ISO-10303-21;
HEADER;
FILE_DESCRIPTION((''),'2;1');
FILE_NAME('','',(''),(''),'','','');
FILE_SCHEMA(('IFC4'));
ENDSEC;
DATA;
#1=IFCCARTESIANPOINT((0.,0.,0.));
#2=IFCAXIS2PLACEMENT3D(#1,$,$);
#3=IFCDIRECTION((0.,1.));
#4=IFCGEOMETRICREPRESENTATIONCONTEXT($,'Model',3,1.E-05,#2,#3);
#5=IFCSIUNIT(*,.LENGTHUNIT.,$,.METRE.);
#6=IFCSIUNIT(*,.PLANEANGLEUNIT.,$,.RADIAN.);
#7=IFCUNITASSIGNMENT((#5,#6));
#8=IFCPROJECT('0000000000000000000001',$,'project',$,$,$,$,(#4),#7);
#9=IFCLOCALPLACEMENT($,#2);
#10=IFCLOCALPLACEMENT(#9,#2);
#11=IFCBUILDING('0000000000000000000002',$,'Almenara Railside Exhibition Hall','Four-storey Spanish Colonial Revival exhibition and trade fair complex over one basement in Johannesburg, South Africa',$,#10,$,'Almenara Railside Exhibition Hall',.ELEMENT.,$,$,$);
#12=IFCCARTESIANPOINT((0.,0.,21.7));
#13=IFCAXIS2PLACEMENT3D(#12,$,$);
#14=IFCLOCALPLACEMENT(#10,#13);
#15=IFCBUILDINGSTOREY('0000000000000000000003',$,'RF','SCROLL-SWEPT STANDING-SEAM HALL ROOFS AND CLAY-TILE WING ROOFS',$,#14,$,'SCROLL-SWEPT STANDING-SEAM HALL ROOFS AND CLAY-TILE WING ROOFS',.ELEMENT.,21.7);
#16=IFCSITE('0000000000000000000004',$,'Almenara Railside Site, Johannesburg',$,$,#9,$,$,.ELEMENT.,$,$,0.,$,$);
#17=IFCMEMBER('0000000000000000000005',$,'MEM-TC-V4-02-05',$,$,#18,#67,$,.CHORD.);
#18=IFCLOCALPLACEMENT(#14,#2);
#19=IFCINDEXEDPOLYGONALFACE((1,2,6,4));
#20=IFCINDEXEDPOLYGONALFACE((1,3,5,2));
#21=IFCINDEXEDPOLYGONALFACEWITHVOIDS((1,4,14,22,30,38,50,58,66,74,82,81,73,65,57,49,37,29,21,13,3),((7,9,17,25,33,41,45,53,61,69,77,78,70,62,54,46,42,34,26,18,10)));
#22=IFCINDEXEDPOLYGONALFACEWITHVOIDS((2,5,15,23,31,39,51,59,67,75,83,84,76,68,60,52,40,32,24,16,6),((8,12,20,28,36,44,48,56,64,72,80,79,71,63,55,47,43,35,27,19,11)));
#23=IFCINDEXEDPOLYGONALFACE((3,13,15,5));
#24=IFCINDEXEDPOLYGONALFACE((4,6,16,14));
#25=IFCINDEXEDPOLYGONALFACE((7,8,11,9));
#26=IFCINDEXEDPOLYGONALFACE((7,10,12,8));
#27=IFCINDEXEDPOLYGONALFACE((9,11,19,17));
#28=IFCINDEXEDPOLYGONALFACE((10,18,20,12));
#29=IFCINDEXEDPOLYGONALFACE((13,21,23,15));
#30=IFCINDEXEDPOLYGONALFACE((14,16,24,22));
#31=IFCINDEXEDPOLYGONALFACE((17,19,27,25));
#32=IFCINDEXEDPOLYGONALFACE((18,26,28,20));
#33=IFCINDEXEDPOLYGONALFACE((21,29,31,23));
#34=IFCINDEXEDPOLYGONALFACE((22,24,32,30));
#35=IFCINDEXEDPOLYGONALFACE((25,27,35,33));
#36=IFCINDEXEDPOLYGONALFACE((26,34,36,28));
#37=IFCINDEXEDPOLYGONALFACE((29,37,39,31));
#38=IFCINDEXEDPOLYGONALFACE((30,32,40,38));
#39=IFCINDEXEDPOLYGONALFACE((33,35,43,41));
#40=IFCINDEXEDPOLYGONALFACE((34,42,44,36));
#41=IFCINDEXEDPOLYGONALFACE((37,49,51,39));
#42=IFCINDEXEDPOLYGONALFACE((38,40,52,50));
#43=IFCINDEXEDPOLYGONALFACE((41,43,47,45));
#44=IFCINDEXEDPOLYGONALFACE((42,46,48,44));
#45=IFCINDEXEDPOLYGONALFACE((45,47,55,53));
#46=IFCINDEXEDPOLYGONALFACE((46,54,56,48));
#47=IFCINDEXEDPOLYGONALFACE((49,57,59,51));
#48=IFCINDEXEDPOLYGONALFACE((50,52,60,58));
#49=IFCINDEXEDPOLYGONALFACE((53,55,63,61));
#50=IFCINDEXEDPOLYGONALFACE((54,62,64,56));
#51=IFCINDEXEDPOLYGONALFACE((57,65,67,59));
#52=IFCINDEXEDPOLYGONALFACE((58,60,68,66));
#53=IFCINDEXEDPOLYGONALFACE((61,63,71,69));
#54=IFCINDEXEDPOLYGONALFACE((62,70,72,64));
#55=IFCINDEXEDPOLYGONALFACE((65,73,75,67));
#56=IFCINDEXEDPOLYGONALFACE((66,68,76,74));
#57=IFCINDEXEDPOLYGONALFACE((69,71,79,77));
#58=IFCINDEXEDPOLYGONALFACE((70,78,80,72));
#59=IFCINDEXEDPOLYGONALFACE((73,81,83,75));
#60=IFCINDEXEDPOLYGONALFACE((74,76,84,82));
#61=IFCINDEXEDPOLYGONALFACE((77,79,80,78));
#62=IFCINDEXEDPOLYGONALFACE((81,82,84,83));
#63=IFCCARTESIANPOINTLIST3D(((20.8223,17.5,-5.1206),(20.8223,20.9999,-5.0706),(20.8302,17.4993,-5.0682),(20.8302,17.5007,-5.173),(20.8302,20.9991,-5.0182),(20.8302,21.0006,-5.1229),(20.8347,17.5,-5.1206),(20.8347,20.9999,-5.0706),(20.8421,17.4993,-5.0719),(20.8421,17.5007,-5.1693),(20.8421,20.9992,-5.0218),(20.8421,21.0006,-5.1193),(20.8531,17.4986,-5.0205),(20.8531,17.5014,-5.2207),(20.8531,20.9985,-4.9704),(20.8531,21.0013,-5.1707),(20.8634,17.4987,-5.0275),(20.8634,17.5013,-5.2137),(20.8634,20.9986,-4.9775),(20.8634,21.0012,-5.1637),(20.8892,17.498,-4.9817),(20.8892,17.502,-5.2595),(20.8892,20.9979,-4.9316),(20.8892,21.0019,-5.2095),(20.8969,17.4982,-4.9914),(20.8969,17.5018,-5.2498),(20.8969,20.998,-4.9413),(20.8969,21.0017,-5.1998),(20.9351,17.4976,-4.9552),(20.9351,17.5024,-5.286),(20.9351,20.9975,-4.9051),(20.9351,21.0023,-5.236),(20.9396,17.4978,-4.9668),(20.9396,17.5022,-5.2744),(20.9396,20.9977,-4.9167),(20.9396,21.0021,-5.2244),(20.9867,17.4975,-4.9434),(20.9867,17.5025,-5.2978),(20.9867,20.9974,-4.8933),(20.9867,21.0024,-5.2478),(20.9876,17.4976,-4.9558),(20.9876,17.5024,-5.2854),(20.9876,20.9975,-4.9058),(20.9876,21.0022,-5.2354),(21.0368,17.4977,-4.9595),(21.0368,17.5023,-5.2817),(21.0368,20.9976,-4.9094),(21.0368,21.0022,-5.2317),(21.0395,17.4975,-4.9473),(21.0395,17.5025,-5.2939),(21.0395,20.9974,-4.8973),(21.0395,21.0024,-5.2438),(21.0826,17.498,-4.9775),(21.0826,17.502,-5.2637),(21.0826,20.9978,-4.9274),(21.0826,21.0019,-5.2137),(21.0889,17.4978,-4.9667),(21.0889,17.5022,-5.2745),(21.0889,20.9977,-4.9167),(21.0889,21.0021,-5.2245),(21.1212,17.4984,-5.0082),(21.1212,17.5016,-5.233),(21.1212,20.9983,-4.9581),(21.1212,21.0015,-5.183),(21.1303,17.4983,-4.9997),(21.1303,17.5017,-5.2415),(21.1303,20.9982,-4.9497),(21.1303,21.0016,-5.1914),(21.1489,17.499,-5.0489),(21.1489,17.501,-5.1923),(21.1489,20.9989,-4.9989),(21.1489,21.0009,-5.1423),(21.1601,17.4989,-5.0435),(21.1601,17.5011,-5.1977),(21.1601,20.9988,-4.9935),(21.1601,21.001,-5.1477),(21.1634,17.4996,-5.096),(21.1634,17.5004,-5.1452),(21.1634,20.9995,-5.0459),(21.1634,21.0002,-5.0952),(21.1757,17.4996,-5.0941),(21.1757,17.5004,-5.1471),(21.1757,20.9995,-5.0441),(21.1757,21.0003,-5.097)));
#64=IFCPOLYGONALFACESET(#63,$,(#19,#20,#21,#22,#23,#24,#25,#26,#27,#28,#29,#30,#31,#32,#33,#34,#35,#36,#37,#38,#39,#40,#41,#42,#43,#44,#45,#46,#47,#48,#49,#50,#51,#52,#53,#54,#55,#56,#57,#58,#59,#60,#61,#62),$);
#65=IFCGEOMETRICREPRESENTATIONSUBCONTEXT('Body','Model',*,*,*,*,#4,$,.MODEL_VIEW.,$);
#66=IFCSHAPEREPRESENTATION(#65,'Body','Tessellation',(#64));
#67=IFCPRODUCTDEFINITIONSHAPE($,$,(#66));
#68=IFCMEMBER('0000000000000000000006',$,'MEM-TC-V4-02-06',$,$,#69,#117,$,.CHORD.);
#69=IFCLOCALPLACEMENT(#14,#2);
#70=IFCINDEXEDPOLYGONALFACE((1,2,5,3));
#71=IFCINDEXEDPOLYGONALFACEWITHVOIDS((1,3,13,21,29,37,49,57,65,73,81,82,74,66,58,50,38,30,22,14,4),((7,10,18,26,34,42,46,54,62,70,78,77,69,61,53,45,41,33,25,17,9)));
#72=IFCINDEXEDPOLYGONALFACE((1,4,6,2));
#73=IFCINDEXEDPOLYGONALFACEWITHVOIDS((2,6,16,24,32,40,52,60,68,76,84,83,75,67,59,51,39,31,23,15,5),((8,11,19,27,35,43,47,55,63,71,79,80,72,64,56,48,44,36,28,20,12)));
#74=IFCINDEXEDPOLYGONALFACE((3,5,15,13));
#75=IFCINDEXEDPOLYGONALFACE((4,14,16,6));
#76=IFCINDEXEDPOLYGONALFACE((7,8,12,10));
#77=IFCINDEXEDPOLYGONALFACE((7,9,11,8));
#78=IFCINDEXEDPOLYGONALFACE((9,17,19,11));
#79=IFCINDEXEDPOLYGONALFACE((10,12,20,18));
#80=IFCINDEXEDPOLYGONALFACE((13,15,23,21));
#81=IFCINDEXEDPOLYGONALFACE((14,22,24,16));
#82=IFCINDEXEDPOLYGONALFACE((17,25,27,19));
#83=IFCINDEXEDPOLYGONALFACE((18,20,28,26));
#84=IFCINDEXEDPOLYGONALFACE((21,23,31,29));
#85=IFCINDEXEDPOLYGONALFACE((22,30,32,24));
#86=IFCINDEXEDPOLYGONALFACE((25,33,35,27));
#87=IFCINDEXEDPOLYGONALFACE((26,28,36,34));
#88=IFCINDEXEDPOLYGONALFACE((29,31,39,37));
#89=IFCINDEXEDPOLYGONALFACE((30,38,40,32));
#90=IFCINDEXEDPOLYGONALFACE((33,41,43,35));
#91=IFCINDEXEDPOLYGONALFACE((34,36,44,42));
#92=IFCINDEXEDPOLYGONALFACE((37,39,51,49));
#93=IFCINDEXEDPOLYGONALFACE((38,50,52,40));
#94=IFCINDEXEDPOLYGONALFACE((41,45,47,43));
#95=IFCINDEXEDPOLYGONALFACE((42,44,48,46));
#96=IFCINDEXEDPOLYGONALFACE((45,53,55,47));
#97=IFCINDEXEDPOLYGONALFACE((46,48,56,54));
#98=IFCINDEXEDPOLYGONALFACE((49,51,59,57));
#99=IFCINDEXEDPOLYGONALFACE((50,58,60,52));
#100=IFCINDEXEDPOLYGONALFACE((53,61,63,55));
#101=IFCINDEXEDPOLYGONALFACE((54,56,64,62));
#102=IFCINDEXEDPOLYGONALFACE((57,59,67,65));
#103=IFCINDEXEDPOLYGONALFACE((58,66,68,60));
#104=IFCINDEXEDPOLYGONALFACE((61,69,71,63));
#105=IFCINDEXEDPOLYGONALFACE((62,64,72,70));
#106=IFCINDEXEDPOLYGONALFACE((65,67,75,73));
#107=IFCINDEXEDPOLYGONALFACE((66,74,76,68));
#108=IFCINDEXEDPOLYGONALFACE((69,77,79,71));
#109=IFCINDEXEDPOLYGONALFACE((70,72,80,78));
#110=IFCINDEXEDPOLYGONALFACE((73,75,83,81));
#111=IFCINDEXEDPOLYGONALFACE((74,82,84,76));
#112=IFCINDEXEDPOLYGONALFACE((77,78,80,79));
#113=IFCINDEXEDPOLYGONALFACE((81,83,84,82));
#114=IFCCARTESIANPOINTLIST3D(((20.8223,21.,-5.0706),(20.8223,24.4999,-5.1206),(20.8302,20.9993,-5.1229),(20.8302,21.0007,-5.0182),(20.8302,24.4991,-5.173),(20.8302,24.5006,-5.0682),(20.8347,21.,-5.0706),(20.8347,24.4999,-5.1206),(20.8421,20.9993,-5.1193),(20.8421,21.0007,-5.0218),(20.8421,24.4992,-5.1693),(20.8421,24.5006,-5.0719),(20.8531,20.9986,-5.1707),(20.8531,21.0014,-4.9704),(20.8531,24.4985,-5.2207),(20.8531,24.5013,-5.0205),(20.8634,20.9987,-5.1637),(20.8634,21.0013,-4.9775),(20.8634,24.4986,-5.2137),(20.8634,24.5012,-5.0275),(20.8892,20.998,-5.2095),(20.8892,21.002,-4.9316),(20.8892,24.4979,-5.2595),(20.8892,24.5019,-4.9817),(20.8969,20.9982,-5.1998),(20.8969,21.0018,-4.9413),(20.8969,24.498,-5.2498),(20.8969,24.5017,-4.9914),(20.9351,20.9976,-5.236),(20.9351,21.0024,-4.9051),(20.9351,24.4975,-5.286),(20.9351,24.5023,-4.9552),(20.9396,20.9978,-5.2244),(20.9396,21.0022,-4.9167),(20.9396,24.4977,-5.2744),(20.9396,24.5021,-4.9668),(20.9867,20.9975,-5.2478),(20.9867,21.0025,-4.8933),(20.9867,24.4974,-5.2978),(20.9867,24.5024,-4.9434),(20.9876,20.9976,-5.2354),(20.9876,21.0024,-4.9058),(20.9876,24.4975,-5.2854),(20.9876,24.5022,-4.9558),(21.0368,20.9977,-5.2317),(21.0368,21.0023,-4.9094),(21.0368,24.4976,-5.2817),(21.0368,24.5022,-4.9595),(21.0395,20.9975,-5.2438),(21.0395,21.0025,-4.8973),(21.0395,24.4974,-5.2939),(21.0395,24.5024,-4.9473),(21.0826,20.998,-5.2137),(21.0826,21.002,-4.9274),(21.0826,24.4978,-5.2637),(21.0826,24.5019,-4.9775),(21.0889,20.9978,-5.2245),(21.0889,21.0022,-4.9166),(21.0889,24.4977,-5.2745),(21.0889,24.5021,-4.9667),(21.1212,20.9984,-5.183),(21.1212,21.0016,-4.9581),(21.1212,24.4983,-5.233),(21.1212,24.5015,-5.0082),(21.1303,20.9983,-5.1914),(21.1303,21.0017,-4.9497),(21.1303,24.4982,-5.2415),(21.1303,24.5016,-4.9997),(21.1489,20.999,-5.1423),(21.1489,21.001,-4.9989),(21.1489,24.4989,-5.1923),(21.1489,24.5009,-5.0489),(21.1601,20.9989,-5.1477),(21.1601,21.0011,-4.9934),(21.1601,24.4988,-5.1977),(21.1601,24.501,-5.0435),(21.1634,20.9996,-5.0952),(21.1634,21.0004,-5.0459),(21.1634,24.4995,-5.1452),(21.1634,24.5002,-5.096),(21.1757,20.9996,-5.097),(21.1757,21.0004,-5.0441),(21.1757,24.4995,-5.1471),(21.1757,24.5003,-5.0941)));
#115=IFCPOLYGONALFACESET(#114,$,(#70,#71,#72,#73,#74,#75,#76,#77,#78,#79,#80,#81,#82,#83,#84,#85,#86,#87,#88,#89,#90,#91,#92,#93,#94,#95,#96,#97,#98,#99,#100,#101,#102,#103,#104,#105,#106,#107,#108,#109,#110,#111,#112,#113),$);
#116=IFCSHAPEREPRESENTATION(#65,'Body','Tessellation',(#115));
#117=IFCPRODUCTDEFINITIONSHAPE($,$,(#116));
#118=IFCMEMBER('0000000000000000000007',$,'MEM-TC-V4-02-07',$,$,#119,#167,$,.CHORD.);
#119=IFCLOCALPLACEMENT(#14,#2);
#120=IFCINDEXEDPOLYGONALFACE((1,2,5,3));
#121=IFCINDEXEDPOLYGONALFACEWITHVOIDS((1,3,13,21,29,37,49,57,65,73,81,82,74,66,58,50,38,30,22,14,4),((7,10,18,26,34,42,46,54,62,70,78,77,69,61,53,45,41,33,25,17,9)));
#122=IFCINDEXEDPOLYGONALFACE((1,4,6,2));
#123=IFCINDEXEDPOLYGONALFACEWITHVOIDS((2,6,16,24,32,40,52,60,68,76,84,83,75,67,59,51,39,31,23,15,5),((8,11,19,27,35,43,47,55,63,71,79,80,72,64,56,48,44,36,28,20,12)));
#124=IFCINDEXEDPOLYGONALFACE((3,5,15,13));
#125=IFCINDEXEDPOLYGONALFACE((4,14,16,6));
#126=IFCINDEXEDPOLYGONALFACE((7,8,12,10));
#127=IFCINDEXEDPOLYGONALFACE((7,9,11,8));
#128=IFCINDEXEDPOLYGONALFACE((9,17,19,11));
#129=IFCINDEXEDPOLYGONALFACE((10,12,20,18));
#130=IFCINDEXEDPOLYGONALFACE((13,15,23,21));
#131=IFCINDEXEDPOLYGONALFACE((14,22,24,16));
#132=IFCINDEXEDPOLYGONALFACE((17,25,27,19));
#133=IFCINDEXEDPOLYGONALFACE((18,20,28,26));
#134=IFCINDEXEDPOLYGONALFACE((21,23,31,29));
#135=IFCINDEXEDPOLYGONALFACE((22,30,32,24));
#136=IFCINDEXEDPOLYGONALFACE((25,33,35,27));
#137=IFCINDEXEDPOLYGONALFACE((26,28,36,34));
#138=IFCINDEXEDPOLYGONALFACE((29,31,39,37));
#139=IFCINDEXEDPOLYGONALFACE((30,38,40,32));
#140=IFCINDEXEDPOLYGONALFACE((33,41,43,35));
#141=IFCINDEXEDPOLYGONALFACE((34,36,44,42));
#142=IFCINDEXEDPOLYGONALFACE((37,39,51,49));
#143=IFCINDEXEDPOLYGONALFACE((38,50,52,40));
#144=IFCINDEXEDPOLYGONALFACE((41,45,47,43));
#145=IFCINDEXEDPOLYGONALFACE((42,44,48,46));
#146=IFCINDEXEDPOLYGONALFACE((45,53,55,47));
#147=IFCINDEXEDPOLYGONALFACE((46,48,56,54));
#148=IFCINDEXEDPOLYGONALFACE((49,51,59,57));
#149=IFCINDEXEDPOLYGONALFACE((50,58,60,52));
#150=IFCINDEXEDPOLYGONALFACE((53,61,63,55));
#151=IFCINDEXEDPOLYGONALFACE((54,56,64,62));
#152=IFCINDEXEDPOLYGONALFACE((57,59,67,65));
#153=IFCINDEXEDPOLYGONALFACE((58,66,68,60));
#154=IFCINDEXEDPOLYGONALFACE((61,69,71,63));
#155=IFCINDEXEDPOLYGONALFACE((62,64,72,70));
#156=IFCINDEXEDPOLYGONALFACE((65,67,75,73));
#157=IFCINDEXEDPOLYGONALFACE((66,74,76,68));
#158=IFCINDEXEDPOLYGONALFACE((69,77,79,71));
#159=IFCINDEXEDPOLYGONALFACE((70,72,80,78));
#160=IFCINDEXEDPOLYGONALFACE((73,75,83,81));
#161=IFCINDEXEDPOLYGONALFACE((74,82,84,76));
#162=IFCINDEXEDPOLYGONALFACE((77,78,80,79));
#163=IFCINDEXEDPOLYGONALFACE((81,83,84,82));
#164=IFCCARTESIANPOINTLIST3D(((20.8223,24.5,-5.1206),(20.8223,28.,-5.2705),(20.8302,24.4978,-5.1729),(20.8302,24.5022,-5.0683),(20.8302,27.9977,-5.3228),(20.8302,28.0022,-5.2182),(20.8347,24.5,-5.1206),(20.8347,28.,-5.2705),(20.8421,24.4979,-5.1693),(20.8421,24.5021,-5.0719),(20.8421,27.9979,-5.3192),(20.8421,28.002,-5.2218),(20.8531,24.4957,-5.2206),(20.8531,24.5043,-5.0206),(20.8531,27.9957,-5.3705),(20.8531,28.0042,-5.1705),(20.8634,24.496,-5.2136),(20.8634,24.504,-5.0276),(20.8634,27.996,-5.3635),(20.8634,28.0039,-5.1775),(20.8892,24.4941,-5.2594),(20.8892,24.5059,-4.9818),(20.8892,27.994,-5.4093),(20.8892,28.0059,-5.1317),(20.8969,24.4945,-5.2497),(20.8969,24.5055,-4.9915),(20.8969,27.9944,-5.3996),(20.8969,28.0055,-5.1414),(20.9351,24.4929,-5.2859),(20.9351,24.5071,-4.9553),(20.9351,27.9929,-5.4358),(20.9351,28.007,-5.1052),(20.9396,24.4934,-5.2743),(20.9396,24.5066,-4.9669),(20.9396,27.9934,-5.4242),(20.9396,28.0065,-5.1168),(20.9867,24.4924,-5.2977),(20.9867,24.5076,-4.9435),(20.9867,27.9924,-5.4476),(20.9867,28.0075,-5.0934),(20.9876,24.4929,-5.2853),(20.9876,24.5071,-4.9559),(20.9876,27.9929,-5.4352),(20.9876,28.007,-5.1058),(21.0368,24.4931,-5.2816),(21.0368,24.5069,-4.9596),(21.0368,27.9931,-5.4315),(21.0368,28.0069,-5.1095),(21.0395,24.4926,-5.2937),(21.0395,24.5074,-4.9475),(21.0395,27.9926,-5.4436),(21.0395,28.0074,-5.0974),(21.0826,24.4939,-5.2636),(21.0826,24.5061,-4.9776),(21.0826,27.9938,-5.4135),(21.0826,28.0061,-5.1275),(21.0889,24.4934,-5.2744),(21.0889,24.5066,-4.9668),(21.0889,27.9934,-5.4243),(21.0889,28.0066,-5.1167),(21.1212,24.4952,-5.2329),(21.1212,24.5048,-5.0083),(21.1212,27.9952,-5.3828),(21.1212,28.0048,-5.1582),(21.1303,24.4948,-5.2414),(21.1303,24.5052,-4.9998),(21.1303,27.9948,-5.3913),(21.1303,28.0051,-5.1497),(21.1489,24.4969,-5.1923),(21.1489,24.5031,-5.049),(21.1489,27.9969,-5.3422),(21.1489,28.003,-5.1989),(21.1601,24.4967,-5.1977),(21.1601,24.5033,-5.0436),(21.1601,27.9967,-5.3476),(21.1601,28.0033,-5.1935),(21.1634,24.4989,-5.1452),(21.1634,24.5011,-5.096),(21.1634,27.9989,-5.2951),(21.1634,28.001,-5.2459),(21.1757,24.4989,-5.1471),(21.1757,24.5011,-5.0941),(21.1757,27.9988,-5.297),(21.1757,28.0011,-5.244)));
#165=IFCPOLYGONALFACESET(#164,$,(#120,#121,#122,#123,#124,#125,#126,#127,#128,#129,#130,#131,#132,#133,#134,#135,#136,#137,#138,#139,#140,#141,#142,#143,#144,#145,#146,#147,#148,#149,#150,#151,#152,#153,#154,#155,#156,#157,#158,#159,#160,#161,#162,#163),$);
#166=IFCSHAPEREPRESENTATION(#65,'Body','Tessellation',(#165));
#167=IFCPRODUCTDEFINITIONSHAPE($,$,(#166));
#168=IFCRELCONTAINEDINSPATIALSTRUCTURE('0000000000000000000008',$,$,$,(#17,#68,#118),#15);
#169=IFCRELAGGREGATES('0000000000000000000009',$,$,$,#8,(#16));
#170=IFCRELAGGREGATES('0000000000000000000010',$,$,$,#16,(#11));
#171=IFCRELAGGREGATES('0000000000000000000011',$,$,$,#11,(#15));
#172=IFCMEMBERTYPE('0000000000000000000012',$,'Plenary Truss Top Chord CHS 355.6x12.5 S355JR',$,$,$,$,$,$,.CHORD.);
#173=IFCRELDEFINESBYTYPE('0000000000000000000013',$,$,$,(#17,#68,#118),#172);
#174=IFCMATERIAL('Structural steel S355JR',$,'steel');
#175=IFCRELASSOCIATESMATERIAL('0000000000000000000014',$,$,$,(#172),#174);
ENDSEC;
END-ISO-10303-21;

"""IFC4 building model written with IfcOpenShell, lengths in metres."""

from ifc_helpers import new_model, si_unit, direction, frame, origin, origin_2d, place, context, subcontext, project, spatial, hollow_circle, extrude, material, material_profile, profile_set, type_object, element, save


model = new_model("IFC4")

# Units and contexts
model_context = context("Model", 3, precision=1e-05, world=origin(), true_north=direction((0.0, 1.0)))
body_context = subcontext(model_context, "Body", "Model", "MODEL_VIEW")
ifc_project = project(units=[si_unit("LENGTHUNIT", "METRE"), si_unit("PLANEANGLEUNIT", "RADIAN")], contexts=[model_context])

# Site, building, storey
site_placement = place(None, origin())
site = spatial("IfcSite", under=ifc_project, at=site_placement, Name="Almenara Railside Site, Johannesburg", CompositionType="ELEMENT", RefElevation=0.0)
building_placement = place(site_placement, origin())
building = spatial("IfcBuilding", under=site, at=building_placement, Name="Almenara Railside Exhibition Hall", Description="Four-storey Spanish Colonial Revival exhibition and trade fair complex over one basement in Johannesburg, South Africa", LongName="Almenara Railside Exhibition Hall", CompositionType="ELEMENT")
storey_placement = place(building_placement, frame((0.0, 0.0, 21.7)))
storey = spatial("IfcBuildingStorey", under=building, at=storey_placement, Name="RF", Description="SCROLL-SWEPT STANDING-SEAM HALL ROOFS AND CLAY-TILE WING ROOFS", LongName="SCROLL-SWEPT STANDING-SEAM HALL ROOFS AND CLAY-TILE WING ROOFS", CompositionType="ELEMENT", Elevation=21.7)

# Members
ifc_material_1 = material(Name="Structural steel S355JR", Category="steel")
ifc_material_profile_1 = material_profile(ifc_material_1, hollow_circle(Radius=0.1777, WallThickness=0.0125, at=origin_2d()), Name="CHS 355.6x12.5")
ifc_profile_set_1 = profile_set([ifc_material_profile_1], Name="Structural steel S355JR")
member_type_1 = type_object("IfcMemberType", Name="Plenary Truss Top Chord CHS 355.6x12.5 S355JR", PredefinedType="CHORD", material=ifc_profile_set_1)
for number, where, z_axis, x_axis, name in (
    (1, (21.0, 17.5, -5.1206), (0.0, 0.999898, 0.014298), (-1.0, 0.0, 0.0), "MEM-TC-V4-02-05"),
    (2, (21.0, 21.0, -5.0706), (0.0, 0.999898, -0.014298), (-1.0, 0.0, 0.0), "MEM-TC-V4-02-06"),
):
    element("IfcMember", number, at=place(storey_placement, frame(where, z_axis=z_axis, x_axis=x_axis)), inside=storey, type_object=member_type_1, Name=name, PredefinedType="CHORD", context=body_context, shape_type="SweptSolid", body=[
        extrude(hollow_circle(Radius=0.1777, WallThickness=0.0125, at=origin_2d()), origin(), (0.0, 0.0, 1.0), 3.5002),
    ])
member_1_placement = place(storey_placement, frame((21.0, 24.5, -5.1206), z_axis=(0.0, 0.999084, -0.04279), x_axis=(-1.0, 0.0, 0.0)))
element("IfcMember", 3, at=member_1_placement, inside=storey, type_object=member_type_1, Name="MEM-TC-V4-02-07", PredefinedType="CHORD", context=body_context, shape_type="SweptSolid", body=[
    extrude(hollow_circle(Radius=0.1777, WallThickness=0.0125, at=origin_2d()), origin(), (0.0, 0.0, 1.0), 3.5032),
])

save(model, "model.ifc")
